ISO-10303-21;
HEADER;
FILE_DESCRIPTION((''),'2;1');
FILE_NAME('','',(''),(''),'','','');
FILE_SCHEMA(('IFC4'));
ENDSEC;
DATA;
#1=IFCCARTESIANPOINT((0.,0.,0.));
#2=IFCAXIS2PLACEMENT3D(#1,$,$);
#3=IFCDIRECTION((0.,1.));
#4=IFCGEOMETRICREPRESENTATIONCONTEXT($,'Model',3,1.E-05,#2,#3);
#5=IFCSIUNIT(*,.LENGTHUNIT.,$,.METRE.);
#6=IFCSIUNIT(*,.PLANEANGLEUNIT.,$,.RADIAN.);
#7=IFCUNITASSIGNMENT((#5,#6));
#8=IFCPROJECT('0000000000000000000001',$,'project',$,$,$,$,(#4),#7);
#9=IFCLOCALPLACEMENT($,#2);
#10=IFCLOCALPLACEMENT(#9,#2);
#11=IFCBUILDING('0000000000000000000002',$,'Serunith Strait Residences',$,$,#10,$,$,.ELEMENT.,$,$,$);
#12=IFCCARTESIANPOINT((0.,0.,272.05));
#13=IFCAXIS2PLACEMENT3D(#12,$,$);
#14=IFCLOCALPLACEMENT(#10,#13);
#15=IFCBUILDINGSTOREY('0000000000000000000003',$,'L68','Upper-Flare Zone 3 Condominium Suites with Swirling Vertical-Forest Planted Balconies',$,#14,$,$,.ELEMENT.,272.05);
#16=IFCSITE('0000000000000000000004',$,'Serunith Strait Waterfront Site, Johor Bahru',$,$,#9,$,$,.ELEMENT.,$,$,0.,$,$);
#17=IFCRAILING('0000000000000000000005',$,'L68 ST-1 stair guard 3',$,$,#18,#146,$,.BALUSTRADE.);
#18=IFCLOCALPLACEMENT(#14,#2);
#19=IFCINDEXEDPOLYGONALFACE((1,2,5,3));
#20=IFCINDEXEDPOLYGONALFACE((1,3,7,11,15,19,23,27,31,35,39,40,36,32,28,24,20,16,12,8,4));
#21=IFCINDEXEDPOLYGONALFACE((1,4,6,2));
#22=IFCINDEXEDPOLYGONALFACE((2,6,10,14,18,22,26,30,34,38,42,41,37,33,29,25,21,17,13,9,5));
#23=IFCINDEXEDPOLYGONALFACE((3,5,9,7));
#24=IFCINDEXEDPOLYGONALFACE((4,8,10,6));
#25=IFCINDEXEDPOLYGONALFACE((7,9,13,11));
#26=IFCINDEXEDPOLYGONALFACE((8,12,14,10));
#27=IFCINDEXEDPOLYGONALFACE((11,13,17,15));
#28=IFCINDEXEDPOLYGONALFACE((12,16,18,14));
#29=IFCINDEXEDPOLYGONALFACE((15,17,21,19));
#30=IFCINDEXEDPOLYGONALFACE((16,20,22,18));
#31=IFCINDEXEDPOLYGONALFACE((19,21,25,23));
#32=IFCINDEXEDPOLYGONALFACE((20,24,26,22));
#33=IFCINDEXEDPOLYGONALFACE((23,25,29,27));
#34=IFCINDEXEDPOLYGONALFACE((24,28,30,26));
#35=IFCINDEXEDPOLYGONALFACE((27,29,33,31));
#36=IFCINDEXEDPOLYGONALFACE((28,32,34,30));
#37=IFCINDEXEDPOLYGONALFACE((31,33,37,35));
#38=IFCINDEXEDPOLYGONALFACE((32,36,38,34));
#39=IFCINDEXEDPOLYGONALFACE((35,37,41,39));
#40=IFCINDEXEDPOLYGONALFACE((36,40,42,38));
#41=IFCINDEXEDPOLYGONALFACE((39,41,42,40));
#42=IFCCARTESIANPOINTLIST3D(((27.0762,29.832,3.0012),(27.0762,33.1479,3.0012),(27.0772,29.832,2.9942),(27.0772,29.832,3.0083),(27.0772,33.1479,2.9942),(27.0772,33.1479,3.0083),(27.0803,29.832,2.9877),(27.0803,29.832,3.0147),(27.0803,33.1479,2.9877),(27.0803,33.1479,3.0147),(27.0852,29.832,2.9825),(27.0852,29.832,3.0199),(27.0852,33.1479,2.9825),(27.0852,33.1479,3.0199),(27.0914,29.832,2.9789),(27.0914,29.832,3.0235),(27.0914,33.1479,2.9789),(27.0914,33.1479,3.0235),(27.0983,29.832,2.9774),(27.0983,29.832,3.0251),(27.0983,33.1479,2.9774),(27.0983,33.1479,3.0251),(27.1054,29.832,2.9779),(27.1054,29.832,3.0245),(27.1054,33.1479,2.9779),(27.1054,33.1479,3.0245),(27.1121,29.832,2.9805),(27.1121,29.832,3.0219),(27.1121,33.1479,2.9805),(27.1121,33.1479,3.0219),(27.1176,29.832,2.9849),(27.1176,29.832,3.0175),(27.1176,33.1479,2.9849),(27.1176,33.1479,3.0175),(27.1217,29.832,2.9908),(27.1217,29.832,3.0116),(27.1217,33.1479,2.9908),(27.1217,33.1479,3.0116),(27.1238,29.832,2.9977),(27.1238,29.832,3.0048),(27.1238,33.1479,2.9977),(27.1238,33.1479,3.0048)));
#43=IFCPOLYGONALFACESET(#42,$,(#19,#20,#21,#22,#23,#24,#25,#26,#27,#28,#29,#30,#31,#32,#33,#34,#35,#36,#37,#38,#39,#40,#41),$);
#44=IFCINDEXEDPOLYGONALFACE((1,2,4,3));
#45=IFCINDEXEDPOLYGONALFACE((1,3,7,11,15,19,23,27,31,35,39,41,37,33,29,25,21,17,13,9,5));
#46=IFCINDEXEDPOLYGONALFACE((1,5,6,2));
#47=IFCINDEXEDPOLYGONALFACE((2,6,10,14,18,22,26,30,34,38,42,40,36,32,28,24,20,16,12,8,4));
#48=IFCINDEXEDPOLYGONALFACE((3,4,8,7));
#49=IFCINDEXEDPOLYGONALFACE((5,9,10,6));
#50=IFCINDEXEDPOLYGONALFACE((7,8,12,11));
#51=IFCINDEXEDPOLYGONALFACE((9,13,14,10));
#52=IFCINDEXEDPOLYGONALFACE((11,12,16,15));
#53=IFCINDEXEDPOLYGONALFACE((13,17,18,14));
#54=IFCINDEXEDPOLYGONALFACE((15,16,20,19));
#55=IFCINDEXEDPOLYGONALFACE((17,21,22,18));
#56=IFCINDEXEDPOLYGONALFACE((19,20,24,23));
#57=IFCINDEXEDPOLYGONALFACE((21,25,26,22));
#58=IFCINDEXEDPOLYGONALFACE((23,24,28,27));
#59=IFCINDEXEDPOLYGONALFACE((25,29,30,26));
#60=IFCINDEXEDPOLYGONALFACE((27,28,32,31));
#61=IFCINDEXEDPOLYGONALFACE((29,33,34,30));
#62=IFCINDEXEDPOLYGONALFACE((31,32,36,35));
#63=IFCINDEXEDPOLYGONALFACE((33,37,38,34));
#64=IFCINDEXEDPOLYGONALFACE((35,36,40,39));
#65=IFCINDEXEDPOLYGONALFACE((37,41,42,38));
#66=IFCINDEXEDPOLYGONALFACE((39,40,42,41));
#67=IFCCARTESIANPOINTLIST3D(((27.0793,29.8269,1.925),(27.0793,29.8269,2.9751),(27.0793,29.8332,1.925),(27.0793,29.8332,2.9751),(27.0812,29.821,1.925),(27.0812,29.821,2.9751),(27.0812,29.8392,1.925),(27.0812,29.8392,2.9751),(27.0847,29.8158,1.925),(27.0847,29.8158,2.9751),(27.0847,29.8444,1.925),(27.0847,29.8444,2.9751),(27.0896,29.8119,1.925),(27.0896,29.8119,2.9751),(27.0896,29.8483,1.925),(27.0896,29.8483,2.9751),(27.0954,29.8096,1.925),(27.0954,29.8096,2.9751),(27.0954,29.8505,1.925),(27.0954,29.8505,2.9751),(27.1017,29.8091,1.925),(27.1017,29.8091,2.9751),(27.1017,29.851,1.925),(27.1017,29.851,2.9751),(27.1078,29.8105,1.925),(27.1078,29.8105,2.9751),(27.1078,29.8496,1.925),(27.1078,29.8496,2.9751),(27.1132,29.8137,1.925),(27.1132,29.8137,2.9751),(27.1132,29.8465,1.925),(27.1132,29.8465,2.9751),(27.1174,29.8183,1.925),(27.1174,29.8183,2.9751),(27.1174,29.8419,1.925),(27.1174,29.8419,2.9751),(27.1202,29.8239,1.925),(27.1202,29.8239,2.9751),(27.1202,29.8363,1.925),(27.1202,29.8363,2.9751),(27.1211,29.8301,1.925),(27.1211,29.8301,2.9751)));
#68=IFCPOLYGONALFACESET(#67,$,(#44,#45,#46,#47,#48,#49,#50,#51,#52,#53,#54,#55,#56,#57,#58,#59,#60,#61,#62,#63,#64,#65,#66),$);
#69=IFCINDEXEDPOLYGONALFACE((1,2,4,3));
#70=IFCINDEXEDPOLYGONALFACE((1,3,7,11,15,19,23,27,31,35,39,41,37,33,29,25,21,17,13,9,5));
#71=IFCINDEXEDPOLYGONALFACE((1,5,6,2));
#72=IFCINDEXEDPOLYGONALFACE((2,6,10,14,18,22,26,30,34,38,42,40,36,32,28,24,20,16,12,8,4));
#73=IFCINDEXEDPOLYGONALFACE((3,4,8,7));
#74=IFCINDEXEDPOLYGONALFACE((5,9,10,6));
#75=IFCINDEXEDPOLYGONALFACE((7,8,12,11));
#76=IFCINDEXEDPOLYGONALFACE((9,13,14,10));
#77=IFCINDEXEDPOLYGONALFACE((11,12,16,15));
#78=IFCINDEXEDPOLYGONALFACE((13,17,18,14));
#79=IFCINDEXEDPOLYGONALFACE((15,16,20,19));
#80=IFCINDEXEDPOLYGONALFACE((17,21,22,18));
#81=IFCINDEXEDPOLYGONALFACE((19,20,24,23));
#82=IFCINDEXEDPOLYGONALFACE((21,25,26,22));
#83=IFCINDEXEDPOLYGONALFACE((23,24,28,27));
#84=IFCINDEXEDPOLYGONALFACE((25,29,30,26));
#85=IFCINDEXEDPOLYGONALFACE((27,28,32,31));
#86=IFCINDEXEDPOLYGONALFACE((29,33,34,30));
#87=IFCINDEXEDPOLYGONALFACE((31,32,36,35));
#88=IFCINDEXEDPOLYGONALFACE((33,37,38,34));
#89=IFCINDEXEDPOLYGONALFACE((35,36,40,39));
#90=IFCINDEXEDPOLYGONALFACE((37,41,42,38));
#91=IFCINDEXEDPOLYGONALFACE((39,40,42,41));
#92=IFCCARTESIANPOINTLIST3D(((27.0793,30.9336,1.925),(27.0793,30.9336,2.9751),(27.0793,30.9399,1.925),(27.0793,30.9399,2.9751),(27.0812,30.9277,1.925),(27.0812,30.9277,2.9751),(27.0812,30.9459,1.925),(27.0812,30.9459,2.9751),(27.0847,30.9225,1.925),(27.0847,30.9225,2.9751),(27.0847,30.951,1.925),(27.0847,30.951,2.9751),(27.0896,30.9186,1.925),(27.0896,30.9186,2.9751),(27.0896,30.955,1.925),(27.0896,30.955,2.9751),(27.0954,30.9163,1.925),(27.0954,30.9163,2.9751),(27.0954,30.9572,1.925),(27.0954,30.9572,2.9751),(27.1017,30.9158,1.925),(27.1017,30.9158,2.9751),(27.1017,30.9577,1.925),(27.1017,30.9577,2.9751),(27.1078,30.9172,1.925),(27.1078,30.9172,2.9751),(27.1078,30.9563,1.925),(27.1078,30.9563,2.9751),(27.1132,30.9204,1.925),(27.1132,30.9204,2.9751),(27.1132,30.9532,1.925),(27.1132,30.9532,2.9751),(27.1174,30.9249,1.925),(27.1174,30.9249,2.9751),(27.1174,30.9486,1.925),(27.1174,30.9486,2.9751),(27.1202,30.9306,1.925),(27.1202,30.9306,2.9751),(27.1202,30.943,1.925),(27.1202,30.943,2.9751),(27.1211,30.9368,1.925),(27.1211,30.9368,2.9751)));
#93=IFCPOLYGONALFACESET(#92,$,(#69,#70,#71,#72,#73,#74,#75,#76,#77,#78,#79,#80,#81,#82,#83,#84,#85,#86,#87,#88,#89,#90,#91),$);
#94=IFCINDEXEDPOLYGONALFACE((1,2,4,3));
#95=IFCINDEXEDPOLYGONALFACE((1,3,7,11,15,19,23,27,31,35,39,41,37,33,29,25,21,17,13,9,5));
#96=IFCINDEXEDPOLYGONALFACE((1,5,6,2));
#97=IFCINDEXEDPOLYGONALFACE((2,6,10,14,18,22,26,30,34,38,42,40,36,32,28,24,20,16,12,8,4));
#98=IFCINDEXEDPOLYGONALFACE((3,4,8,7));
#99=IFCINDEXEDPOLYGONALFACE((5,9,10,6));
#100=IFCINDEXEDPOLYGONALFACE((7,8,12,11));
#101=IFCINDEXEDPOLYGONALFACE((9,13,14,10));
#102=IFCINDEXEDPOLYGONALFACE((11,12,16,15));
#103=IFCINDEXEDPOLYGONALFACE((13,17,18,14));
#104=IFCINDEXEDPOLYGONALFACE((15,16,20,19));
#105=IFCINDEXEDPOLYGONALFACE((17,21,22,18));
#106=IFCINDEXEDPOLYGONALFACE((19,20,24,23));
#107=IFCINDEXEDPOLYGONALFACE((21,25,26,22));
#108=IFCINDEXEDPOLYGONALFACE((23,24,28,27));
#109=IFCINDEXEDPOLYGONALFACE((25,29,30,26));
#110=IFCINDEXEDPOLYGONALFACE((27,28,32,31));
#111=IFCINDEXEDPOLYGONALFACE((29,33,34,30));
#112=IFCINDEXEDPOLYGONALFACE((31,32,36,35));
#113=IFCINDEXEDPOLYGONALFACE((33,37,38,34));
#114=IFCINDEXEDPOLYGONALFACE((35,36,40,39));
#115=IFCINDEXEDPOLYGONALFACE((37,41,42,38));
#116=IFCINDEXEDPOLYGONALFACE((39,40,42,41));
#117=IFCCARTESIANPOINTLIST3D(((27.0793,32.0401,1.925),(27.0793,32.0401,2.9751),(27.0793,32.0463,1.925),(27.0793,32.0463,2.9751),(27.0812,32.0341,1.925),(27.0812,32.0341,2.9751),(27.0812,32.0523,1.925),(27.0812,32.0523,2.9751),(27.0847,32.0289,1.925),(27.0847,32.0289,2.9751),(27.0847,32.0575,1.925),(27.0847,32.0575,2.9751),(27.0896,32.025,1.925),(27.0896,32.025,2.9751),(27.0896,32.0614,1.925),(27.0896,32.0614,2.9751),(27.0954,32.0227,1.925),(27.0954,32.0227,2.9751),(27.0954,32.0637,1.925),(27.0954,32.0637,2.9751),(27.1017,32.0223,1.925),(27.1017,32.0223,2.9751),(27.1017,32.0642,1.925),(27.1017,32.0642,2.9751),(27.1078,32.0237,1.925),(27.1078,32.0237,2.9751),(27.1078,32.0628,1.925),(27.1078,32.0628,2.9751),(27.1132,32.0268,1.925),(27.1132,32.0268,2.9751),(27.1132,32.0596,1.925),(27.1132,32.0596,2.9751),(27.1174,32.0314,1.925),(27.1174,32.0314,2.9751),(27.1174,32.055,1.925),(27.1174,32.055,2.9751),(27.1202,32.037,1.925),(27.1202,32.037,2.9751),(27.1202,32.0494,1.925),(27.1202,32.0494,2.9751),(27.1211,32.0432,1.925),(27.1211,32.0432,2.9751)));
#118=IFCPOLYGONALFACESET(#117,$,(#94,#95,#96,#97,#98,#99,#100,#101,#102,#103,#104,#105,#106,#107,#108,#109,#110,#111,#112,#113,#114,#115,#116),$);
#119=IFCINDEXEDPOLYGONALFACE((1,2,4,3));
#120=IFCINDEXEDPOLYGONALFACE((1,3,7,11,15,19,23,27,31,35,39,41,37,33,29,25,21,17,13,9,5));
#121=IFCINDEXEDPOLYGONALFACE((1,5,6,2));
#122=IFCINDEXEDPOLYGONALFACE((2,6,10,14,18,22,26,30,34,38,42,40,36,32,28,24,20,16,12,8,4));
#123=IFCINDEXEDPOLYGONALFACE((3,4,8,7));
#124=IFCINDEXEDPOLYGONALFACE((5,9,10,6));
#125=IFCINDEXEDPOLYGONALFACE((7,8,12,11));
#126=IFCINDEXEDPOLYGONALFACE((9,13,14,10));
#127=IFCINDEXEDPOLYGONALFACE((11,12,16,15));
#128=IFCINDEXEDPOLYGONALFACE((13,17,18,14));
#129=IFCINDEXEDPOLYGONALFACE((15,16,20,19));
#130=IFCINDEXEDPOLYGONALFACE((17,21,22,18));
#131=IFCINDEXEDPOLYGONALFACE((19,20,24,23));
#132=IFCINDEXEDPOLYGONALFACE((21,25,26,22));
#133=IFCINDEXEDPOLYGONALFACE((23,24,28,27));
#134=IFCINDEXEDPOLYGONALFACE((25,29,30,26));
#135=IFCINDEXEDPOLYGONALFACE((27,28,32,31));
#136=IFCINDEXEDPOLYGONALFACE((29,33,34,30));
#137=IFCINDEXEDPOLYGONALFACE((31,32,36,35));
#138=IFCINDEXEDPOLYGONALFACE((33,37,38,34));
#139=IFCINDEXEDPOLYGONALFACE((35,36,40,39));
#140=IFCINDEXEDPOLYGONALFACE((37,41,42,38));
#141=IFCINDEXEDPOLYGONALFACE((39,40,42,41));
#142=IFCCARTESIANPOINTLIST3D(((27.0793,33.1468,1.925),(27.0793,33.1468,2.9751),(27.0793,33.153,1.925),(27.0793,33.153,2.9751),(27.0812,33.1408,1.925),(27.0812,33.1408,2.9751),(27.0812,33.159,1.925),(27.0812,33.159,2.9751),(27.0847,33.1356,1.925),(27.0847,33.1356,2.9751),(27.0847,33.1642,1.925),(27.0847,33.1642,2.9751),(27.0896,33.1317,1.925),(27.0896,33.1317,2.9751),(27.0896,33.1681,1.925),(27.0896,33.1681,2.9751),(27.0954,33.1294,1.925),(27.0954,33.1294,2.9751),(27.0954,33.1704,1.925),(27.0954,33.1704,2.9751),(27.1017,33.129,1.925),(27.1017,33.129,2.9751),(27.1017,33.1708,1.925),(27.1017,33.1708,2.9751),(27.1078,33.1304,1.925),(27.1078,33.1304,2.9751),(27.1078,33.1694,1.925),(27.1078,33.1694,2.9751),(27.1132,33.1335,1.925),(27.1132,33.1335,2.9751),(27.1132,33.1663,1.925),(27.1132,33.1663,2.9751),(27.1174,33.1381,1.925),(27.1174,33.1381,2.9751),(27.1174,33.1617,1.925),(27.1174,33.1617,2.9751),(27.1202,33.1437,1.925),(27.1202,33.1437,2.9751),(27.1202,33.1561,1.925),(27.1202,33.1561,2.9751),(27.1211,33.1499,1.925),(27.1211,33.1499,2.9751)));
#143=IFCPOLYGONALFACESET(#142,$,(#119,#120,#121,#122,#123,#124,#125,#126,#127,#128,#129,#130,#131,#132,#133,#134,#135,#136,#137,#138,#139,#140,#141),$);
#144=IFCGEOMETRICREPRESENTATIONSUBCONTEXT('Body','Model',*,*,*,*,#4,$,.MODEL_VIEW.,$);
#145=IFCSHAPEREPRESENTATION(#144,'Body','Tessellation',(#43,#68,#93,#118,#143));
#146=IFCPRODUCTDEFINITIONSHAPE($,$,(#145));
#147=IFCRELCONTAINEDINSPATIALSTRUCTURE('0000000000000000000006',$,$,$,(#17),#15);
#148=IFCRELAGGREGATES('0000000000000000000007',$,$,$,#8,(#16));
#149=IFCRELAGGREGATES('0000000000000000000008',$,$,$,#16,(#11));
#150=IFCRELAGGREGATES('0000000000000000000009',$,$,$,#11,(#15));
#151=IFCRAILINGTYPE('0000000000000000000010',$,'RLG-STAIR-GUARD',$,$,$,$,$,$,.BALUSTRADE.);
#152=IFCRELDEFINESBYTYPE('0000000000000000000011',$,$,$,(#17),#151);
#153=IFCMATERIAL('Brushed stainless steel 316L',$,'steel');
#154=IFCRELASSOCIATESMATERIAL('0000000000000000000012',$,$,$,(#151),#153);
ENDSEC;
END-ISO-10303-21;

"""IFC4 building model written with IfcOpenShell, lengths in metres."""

from ifc_helpers import new_model, si_unit, direction, frame, origin, origin_2d, place, context, subcontext, project, spatial, circle, extrude, material, type_object, element, save


model = new_model("IFC4")

# Units and contexts
model_context = context("Model", 3, precision=1e-05, world=origin(), true_north=direction((0.0, 1.0)))
body_context = subcontext(model_context, "Body", "Model", "MODEL_VIEW")
ifc_project = project(units=[si_unit("LENGTHUNIT", "METRE"), si_unit("PLANEANGLEUNIT", "RADIAN")], contexts=[model_context])

# Site, building, storey
site_placement = place(None, origin())
site = spatial("IfcSite", under=ifc_project, at=site_placement, Name="Serunith Strait Waterfront Site, Johor Bahru", CompositionType="ELEMENT", RefElevation=0.0)
building_placement = place(site_placement, origin())
building = spatial("IfcBuilding", under=site, at=building_placement, Name="Serunith Strait Residences", CompositionType="ELEMENT")
storey_placement = place(building_placement, frame((0.0, 0.0, 272.05)))
storey = spatial("IfcBuildingStorey", under=building, at=storey_placement, Name="L68", Description="Upper-Flare Zone 3 Condominium Suites with Swirling Vertical-Forest Planted Balconies", CompositionType="ELEMENT", Elevation=272.05)

# Railing
ifc_material_1 = material(Name="Brushed stainless steel 316L", Category="steel")
railing_type_1 = type_object("IfcRailingType", Name="RLG-STAIR-GUARD", PredefinedType="BALUSTRADE", material=ifc_material_1)
for number, where, name in (
    (1, (27.1001, 29.8301, 1.925), "L68 ST-1 stair guard 3"),
):
    element("IfcRailing", number, at=place(storey_placement, frame(where)), inside=storey, type_object=railing_type_1, Name=name, PredefinedType="BALUSTRADE", context=body_context, shape_type="SweptSolid", body=[
        extrude(circle(Radius=0.0239, at=origin_2d()), frame((0.0, 0.002, 1.0762), z_axis=(0.0, 1.0, 0.0), x_axis=(-1.0, 0.0, 0.0)), (0.0, 0.0, 1.0), 3.3159),
        extrude(circle(Radius=0.021, at=origin_2d()), origin(), (0.0, 0.0, 1.0), 1.05),
        extrude(circle(Radius=0.021, at=origin_2d()), frame((0.0, 1.1067, 0.0)), (0.0, 0.0, 1.0), 1.05),
        extrude(circle(Radius=0.021, at=origin_2d()), frame((0.0, 2.2131, 0.0)), (0.0, 0.0, 1.0), 1.05),
        extrude(circle(Radius=0.021, at=origin_2d()), frame((0.0, 3.3198, 0.0)), (0.0, 0.0, 1.0), 1.05),
    ])

save(model, "model.ifc")
